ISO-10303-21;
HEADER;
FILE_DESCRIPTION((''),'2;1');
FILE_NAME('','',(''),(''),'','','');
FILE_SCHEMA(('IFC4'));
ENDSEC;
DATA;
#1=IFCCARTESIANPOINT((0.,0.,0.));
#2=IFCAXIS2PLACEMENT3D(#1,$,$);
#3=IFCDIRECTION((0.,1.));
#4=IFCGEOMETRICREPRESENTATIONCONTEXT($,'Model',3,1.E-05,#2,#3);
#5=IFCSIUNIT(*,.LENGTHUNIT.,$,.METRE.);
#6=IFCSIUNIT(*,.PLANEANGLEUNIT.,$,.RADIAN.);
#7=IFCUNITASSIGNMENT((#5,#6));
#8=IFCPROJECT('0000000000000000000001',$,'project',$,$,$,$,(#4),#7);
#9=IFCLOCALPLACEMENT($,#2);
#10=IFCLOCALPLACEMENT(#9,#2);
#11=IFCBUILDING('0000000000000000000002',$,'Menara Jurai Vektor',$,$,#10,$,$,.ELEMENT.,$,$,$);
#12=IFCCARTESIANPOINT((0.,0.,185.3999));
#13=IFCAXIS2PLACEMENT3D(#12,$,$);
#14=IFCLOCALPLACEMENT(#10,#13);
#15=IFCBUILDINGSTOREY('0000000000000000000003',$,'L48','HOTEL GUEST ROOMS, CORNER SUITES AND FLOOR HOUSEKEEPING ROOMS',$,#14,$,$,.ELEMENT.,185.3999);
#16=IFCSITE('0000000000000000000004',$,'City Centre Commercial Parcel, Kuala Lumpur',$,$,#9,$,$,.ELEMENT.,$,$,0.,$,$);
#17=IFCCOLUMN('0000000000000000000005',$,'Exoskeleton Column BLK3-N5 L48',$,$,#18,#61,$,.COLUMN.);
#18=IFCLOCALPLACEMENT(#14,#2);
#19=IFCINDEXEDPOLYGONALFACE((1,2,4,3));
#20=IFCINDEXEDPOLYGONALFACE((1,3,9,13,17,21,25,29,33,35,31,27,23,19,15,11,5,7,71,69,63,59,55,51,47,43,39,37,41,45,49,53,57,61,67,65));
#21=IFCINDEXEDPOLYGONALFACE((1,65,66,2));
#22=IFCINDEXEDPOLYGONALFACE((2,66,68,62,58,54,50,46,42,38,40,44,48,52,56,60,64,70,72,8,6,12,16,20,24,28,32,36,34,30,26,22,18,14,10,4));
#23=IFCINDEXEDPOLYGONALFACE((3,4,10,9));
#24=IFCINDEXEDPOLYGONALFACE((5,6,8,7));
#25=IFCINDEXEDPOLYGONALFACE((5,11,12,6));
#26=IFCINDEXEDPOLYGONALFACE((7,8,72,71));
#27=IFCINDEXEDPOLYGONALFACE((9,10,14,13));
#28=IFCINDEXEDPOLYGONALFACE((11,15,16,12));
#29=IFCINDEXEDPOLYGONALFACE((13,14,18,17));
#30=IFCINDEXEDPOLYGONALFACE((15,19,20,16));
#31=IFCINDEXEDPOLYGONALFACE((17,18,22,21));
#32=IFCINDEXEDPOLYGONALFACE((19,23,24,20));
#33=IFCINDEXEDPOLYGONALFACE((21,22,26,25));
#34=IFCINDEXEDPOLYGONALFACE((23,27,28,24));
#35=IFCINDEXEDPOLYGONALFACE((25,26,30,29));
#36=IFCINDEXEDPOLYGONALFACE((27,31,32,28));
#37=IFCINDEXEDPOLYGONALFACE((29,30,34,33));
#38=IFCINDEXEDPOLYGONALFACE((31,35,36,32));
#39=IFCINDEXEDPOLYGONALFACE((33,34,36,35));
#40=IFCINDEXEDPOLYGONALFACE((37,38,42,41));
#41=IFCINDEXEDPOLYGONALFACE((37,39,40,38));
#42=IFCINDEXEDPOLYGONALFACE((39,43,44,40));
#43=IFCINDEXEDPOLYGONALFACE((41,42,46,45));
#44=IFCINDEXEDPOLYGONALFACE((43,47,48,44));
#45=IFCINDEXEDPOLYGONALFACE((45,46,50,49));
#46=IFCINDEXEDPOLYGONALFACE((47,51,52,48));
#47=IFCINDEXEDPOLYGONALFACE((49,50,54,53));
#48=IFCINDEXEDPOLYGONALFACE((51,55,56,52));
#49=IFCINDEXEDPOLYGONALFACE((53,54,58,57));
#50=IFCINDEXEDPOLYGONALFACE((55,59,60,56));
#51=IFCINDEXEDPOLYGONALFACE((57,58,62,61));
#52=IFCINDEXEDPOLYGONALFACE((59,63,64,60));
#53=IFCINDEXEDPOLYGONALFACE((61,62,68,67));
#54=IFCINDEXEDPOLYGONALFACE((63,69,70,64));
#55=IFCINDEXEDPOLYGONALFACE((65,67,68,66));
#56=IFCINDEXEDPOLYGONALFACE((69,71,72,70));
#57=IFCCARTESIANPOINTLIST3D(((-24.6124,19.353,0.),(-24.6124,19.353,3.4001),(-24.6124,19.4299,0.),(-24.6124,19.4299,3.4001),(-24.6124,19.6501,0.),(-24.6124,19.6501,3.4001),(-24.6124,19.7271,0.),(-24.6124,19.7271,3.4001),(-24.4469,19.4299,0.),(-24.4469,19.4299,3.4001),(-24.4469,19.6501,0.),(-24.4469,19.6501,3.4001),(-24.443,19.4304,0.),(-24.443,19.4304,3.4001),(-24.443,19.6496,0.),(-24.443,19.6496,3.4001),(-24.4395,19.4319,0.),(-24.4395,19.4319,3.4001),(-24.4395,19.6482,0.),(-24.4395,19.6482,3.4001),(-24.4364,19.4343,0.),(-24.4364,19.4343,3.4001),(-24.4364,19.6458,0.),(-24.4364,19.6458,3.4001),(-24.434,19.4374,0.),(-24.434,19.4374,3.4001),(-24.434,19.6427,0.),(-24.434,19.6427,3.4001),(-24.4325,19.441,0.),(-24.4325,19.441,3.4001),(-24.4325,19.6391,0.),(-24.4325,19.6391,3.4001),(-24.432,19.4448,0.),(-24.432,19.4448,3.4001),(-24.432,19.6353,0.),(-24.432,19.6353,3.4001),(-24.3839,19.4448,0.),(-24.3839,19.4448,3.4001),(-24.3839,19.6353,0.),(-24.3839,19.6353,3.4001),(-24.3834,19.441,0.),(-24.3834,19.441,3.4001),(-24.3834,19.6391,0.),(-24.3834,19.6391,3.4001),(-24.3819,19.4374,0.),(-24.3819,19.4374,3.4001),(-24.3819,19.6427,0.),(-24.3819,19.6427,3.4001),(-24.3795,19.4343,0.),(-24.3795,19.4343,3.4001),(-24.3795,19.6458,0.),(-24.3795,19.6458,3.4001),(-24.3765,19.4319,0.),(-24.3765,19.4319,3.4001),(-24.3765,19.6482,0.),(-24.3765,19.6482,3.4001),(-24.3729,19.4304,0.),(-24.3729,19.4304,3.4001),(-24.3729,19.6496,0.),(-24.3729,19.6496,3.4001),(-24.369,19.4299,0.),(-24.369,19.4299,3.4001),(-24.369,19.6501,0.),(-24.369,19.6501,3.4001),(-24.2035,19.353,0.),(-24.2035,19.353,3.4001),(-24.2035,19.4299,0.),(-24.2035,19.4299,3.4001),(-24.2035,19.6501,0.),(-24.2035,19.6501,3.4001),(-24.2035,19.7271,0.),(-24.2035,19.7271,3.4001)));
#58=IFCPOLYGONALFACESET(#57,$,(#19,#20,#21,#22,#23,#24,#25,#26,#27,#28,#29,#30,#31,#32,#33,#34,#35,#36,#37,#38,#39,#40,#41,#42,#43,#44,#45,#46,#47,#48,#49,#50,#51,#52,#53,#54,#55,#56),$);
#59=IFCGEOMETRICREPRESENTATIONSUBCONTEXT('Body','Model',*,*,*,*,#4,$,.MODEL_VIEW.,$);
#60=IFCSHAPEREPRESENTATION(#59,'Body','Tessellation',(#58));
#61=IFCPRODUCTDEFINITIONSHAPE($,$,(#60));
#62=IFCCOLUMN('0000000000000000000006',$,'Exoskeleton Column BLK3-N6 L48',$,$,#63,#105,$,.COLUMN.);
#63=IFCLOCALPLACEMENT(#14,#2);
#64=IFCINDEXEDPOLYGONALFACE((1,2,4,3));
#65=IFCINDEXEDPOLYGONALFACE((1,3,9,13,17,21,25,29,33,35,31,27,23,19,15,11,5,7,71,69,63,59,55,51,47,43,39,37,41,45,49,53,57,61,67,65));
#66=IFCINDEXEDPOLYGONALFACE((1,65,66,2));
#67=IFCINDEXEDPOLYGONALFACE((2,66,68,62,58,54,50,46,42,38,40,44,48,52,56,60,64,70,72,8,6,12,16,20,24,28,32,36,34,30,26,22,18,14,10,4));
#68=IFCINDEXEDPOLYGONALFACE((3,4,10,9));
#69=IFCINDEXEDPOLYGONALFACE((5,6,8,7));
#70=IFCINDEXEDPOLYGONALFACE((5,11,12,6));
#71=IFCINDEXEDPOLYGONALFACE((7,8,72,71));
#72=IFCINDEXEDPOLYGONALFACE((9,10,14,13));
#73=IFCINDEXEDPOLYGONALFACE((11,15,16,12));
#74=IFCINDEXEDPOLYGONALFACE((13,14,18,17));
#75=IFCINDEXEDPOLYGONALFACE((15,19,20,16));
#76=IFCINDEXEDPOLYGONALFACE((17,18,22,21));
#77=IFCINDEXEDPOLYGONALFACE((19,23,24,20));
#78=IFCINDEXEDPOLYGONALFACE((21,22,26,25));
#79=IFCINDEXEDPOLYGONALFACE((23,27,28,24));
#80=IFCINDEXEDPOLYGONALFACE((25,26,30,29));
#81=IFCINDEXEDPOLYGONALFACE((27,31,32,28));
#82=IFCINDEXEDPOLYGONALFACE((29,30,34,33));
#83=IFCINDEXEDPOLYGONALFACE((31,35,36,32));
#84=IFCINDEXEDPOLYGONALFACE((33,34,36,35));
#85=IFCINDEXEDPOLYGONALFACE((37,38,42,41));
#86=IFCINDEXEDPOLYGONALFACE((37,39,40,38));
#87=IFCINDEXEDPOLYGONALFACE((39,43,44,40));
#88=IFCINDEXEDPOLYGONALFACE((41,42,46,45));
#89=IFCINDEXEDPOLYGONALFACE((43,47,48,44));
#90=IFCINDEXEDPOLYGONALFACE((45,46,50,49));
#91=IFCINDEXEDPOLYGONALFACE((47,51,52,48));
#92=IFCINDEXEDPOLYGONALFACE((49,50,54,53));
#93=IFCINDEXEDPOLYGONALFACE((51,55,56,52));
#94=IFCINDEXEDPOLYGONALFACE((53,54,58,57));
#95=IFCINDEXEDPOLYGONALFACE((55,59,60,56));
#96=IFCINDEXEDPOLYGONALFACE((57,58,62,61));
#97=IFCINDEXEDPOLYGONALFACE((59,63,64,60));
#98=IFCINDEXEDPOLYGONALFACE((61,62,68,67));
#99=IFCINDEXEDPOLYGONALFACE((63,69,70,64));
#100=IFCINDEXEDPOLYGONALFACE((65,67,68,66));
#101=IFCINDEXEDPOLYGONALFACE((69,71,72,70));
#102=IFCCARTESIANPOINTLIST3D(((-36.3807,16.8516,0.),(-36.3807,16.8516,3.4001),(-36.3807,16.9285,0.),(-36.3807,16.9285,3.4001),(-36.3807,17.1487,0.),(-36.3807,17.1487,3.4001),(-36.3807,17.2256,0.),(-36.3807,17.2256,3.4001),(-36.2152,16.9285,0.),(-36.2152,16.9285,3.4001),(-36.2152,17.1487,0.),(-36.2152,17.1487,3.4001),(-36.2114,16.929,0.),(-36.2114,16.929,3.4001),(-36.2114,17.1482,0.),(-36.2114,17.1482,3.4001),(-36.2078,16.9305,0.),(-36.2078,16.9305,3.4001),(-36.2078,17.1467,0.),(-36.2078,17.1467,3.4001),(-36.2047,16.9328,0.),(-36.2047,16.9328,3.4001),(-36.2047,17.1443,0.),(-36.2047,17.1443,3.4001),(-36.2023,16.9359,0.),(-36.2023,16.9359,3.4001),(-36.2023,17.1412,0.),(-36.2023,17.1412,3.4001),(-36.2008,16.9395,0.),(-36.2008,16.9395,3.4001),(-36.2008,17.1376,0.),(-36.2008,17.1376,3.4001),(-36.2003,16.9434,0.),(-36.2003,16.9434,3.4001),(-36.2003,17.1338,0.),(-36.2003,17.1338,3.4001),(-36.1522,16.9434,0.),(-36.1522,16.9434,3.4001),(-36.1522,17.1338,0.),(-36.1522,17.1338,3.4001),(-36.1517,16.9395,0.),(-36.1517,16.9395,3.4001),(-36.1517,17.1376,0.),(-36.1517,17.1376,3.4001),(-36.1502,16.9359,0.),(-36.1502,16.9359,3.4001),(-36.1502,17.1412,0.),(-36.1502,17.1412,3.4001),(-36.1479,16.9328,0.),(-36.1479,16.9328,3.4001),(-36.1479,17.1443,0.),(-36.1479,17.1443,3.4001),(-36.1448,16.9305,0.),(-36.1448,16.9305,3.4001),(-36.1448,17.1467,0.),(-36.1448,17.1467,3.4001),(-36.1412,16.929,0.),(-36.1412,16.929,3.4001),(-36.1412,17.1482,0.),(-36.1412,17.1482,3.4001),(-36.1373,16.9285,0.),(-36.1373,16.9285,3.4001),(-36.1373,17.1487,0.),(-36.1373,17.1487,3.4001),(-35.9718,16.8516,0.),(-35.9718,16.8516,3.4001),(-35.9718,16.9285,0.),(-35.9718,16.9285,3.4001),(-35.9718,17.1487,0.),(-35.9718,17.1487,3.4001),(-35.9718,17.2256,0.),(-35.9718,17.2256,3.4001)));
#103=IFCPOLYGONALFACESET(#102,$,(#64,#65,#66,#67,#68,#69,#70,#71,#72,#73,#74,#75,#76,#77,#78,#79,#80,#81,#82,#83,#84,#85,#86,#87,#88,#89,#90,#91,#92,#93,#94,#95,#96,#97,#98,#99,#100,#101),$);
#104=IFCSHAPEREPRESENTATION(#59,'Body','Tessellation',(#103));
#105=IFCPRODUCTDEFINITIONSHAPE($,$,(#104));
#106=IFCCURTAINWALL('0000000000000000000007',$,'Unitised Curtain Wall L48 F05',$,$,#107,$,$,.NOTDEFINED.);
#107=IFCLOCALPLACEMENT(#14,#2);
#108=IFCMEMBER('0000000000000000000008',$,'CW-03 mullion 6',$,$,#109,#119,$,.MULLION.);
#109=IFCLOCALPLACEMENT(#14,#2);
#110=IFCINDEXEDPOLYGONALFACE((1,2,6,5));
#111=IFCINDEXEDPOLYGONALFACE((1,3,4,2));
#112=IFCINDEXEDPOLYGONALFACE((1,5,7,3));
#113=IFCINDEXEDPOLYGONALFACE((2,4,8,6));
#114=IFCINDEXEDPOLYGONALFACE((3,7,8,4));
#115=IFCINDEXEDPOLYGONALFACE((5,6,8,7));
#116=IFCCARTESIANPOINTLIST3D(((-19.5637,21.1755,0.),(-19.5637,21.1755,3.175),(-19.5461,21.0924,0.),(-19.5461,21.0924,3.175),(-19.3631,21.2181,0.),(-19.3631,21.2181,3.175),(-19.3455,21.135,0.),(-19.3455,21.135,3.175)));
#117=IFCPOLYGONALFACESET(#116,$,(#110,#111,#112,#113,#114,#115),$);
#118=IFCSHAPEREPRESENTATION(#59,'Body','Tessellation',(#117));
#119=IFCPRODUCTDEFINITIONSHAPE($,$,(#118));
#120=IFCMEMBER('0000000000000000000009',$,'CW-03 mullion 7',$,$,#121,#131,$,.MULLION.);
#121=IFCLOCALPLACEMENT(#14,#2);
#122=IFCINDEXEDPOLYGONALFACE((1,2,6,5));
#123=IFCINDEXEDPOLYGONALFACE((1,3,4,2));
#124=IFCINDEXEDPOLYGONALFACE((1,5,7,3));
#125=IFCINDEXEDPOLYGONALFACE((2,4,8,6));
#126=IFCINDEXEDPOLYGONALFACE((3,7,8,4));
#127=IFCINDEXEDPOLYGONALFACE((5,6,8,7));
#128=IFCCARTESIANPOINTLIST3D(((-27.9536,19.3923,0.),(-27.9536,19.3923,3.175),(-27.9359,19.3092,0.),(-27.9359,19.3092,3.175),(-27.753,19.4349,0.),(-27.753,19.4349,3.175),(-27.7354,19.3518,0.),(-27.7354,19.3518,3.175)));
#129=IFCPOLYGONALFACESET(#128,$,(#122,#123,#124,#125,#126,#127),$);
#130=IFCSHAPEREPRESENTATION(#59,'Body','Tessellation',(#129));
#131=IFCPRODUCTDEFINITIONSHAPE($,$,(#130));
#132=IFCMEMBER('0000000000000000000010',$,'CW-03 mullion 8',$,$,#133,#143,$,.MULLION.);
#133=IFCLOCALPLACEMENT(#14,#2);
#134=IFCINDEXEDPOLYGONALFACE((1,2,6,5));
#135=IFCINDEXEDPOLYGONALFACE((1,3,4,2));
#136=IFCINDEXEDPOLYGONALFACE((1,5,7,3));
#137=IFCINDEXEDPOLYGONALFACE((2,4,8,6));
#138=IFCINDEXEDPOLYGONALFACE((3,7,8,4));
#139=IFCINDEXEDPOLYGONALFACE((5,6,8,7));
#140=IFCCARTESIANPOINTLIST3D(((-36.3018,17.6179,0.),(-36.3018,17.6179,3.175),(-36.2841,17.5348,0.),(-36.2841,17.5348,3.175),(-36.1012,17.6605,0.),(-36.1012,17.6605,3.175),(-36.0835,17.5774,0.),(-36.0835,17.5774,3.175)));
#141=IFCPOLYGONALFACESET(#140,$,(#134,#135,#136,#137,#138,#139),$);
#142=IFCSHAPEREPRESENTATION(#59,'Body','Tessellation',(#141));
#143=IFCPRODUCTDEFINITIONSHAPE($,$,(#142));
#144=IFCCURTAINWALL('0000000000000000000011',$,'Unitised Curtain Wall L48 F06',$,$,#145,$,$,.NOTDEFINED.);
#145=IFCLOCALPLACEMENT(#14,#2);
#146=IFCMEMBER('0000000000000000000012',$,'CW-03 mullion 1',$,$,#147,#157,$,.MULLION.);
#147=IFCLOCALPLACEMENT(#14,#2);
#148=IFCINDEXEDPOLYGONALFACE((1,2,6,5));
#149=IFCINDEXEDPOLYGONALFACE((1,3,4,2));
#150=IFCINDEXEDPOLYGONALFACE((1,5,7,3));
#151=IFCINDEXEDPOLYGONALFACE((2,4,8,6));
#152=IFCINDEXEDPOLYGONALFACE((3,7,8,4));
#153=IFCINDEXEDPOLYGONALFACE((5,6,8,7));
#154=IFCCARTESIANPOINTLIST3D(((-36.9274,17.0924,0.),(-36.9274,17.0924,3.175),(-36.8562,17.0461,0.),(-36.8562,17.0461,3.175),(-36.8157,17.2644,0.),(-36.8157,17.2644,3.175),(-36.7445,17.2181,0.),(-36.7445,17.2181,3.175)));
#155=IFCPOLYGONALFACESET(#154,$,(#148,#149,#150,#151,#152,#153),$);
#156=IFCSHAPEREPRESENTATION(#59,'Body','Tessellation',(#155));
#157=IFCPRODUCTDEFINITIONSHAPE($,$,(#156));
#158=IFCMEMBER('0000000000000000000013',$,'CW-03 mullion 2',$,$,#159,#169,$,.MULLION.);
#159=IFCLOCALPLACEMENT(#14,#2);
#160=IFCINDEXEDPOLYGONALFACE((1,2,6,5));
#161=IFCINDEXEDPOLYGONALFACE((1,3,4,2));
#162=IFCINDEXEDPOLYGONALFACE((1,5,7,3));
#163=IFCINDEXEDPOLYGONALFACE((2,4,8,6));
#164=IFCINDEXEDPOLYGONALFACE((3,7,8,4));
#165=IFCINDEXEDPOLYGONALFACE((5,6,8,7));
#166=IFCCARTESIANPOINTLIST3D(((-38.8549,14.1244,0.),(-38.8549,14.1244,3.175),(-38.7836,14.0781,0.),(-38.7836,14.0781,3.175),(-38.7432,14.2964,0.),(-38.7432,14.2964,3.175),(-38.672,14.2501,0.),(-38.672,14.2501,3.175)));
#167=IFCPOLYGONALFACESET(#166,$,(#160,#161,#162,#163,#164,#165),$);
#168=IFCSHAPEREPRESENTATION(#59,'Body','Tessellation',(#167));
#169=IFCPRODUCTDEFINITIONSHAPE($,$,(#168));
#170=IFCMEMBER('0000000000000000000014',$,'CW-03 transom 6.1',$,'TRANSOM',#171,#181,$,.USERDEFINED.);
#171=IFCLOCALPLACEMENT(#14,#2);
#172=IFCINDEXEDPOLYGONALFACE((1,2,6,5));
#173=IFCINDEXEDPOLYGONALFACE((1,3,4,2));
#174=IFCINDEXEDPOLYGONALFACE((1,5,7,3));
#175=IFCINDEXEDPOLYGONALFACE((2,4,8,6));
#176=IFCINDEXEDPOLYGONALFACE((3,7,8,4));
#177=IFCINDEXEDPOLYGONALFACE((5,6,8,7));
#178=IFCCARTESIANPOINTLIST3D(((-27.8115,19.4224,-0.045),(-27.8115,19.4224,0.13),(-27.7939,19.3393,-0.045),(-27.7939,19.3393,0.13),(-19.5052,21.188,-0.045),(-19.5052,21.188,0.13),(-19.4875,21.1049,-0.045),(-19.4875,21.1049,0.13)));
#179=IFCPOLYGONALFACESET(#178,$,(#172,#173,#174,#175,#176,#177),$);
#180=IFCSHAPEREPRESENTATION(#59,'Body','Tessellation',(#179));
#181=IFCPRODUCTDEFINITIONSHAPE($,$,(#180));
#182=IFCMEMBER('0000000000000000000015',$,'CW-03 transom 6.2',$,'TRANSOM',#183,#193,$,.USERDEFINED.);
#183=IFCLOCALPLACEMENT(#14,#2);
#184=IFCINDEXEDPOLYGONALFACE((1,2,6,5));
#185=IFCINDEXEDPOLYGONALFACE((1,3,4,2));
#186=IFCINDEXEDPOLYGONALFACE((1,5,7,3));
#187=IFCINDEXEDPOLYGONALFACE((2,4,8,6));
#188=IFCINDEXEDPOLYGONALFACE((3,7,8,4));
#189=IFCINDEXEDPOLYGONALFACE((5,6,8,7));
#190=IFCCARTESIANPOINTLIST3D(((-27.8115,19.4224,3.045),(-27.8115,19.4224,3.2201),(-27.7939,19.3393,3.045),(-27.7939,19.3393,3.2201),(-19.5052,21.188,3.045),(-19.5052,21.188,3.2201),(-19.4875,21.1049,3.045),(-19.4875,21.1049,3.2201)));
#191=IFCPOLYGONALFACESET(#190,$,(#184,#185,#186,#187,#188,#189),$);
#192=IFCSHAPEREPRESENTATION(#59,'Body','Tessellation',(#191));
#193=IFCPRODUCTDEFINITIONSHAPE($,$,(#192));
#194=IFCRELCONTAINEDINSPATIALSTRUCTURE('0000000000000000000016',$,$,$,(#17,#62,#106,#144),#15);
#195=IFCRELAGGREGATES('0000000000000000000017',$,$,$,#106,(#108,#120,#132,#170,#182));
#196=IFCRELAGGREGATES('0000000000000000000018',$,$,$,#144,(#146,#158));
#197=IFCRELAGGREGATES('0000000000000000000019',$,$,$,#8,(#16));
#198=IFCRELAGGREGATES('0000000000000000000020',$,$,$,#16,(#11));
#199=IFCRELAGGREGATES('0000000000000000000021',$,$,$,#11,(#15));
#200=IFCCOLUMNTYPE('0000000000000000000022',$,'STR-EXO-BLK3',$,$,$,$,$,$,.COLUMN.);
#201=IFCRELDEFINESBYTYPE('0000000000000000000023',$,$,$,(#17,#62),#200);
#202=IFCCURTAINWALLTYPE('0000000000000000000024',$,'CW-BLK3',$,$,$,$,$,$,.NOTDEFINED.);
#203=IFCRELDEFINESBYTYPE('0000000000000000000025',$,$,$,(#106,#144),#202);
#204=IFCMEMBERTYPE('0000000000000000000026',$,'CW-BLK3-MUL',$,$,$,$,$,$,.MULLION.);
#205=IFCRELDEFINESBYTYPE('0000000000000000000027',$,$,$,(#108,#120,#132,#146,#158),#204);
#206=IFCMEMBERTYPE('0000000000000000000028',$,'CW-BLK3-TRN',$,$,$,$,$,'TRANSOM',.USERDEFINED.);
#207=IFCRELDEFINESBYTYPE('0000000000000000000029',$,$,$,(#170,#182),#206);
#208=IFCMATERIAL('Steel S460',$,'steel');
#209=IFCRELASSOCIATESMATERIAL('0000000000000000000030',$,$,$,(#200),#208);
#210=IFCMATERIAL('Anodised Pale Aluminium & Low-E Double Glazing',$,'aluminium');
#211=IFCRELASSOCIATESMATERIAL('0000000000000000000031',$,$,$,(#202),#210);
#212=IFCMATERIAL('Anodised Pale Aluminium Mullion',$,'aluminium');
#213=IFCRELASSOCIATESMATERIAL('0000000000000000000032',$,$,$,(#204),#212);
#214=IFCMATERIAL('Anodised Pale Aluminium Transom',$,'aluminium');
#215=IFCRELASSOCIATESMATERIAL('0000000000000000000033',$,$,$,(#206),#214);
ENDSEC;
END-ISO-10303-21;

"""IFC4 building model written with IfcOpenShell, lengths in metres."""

from ifc_helpers import new_model, si_unit, direction, frame, origin, origin_2d, place, context, subcontext, project, spatial, rectangle, i_section, extrude, material, material_profile, profile_set, type_object, element, aggregate, save


model = new_model("IFC4")

# Units and contexts
model_context = context("Model", 3, precision=1e-05, world=origin(), true_north=direction((0.0, 1.0)))
body_context = subcontext(model_context, "Body", "Model", "MODEL_VIEW")
ifc_project = project(units=[si_unit("LENGTHUNIT", "METRE"), si_unit("PLANEANGLEUNIT", "RADIAN")], contexts=[model_context])

# Site, building, storey
site_placement = place(None, origin())
site = spatial("IfcSite", under=ifc_project, at=site_placement, Name="City Centre Commercial Parcel, Kuala Lumpur", CompositionType="ELEMENT", RefElevation=0.0)
building_placement = place(site_placement, origin())
building = spatial("IfcBuilding", under=site, at=building_placement, Name="Menara Jurai Vektor", CompositionType="ELEMENT")
storey_placement = place(building_placement, frame((0.0, 0.0, 185.3999)))
storey = spatial("IfcBuildingStorey", under=building, at=storey_placement, Name="L48", Description="HOTEL GUEST ROOMS, CORNER SUITES AND FLOOR HOUSEKEEPING ROOMS", CompositionType="ELEMENT", Elevation=185.3999)

# Columns
ifc_material_1 = material(Name="Steel S460", Category="steel")
ifc_material_profile_1 = material_profile(ifc_material_1, i_section(OverallWidth=0.4089, OverallDepth=0.374, WebThickness=0.0481, FlangeThickness=0.0769, FilletRadius=0.0149, at=origin_2d()), Name="HD 400x634")
ifc_profile_set_1 = profile_set([ifc_material_profile_1], Name="Steel S460")
column_type = type_object("IfcColumnType", Name="STR-EXO-BLK3", PredefinedType="COLUMN", material=ifc_profile_set_1)
for number, where, z_axis, x_axis, name in (
    (1, (-24.408, 19.54, 0.0), (0.0, 0.0, 1.0), (1.0, 0.0, 0.0), "Exoskeleton Column BLK3-N5 L48"),
    (2, (-36.1763, 17.0386, 0.0), (0.0, 0.0, 1.0), (1.0, 0.0, 0.0), "Exoskeleton Column BLK3-N6 L48"),
):
    element("IfcColumn", number, at=place(storey_placement, frame(where, z_axis=z_axis, x_axis=x_axis)), inside=storey, type_object=column_type, Name=name, PredefinedType="COLUMN", context=body_context, shape_type="SweptSolid", body=[
        extrude(i_section(OverallWidth=0.4089, OverallDepth=0.374, WebThickness=0.0481, FlangeThickness=0.0769, FilletRadius=0.0149, at=origin_2d()), origin(), (0.0, 0.0, 1.0), 3.4001),
    ])

# Curtain walls, members
ifc_material_2 = material(Name="Anodised Pale Aluminium & Low-E Double Glazing", Category="aluminium")
curtain_wall_type = type_object("IfcCurtainWallType", Name="CW-BLK3", PredefinedType="NOTDEFINED", material=ifc_material_2)
curtain_wall_1_placement = place(storey_placement, origin())
curtain_wall_1 = element("IfcCurtainWall", 3, at=curtain_wall_1_placement, inside=storey, type_object=curtain_wall_type, Name="Unitised Curtain Wall L48 F05", PredefinedType="NOTDEFINED")
ifc_material_3 = material(Name="Anodised Pale Aluminium Mullion", Category="aluminium")
ifc_material_profile_2 = material_profile(ifc_material_3, rectangle(XDim=0.085, YDim=0.2051, at=origin_2d()), Name="ALU MUL 85x205")
ifc_profile_set_2 = profile_set([ifc_material_profile_2], Name="Anodised Pale Aluminium Mullion")
member_type_1 = type_object("IfcMemberType", Name="CW-BLK3-MUL", PredefinedType="MULLION", material=ifc_profile_set_2)
member_1_placement = place(storey_placement, frame((-19.4546, 21.1553, 0.0), z_axis=(0.0, 0.0, 1.0), x_axis=(0.207911, -0.978148, 0.0)))
member_1 = element("IfcMember", 4, at=member_1_placement, type_object=member_type_1, Name="CW-03 mullion 6", PredefinedType="MULLION", context=body_context, shape_type="SweptSolid", body=[
    extrude(rectangle(XDim=0.085, YDim=0.2051, at=origin_2d()), origin(), (0.0, 0.0, 1.0), 3.175),
])
member_2_placement = place(storey_placement, frame((-27.8445, 19.3721, 0.0), z_axis=(0.0, 0.0, 1.0), x_axis=(0.207911, -0.978148, 0.0)))
member_2 = element("IfcMember", 5, at=member_2_placement, type_object=member_type_1, Name="CW-03 mullion 7", PredefinedType="MULLION", context=body_context, shape_type="SweptSolid", body=[
    extrude(rectangle(XDim=0.085, YDim=0.2051, at=origin_2d()), origin(), (0.0, 0.0, 1.0), 3.175),
])
member_3_placement = place(storey_placement, frame((-36.1926, 17.5977, 0.0), z_axis=(0.0, 0.0, 1.0), x_axis=(0.207911, -0.978148, 0.0)))
member_3 = element("IfcMember", 6, at=member_3_placement, type_object=member_type_1, Name="CW-03 mullion 8", PredefinedType="MULLION", context=body_context, shape_type="SweptSolid", body=[
    extrude(rectangle(XDim=0.085, YDim=0.2051, at=origin_2d()), origin(), (0.0, 0.0, 1.0), 3.175),
])
curtain_wall_2_placement = place(storey_placement, origin())
curtain_wall_2 = element("IfcCurtainWall", 7, at=curtain_wall_2_placement, inside=storey, type_object=curtain_wall_type, Name="Unitised Curtain Wall L48 F06", PredefinedType="NOTDEFINED")
member_4_placement = place(storey_placement, frame((-36.8359, 17.1553, 0.0), z_axis=(0.0, 0.0, 1.0), x_axis=(0.838684, -0.544618, 0.0)))
member_4 = element("IfcMember", 8, at=member_4_placement, type_object=member_type_1, Name="CW-03 mullion 1", PredefinedType="MULLION", context=body_context, shape_type="SweptSolid", body=[
    extrude(rectangle(XDim=0.085, YDim=0.2051, at=origin_2d()), origin(), (0.0, 0.0, 1.0), 3.175),
])
member_5_placement = place(storey_placement, frame((-38.7634, 14.1873, 0.0), z_axis=(0.0, 0.0, 1.0), x_axis=(0.838684, -0.544618, 0.0)))
member_5 = element("IfcMember", 9, at=member_5_placement, type_object=member_type_1, Name="CW-03 mullion 2", PredefinedType="MULLION", context=body_context, shape_type="SweptSolid", body=[
    extrude(rectangle(XDim=0.085, YDim=0.2051, at=origin_2d()), origin(), (0.0, 0.0, 1.0), 3.175),
])

# Members
ifc_material_4 = material(Name="Anodised Pale Aluminium Transom", Category="aluminium")
ifc_material_profile_3 = material_profile(ifc_material_4, rectangle(XDim=0.085, YDim=0.175, at=origin_2d()), Name="ALU TRN 85x175")
ifc_profile_set_3 = profile_set([ifc_material_profile_3], Name="Anodised Pale Aluminium Transom")
member_type_2 = type_object("IfcMemberType", Name="CW-BLK3-TRN", ElementType="TRANSOM", PredefinedType="USERDEFINED", material=ifc_profile_set_3)
member_6_placement = place(storey_placement, frame((-19.4963, 21.1465, 0.0425), z_axis=(-0.978147, -0.207917, 0.0), x_axis=(0.207917, -0.978147, 0.0)))
member_6 = element("IfcMember", 10, at=member_6_placement, type_object=member_type_2, Name="CW-03 transom 6.1", ObjectType="TRANSOM", PredefinedType="USERDEFINED", context=body_context, shape_type="SweptSolid", body=[
    extrude(rectangle(XDim=0.085, YDim=0.175, at=origin_2d()), origin(), (0.0, 0.0, 1.0), 8.4919),
])
member_7_placement = place(storey_placement, frame((-19.4963, 21.1465, 3.1326), z_axis=(-0.978147, -0.207917, 0.0), x_axis=(0.207917, -0.978147, 0.0)))
member_7 = element("IfcMember", 11, at=member_7_placement, type_object=member_type_2, Name="CW-03 transom 6.2", ObjectType="TRANSOM", PredefinedType="USERDEFINED", context=body_context, shape_type="SweptSolid", body=[
    extrude(rectangle(XDim=0.085, YDim=0.175, at=origin_2d()), origin(), (0.0, 0.0, 1.0), 8.4919),
])

aggregate(curtain_wall_1, [member_1, member_2, member_3, member_6, member_7])
aggregate(curtain_wall_2, [member_4, member_5])

save(model, "model.ifc")
